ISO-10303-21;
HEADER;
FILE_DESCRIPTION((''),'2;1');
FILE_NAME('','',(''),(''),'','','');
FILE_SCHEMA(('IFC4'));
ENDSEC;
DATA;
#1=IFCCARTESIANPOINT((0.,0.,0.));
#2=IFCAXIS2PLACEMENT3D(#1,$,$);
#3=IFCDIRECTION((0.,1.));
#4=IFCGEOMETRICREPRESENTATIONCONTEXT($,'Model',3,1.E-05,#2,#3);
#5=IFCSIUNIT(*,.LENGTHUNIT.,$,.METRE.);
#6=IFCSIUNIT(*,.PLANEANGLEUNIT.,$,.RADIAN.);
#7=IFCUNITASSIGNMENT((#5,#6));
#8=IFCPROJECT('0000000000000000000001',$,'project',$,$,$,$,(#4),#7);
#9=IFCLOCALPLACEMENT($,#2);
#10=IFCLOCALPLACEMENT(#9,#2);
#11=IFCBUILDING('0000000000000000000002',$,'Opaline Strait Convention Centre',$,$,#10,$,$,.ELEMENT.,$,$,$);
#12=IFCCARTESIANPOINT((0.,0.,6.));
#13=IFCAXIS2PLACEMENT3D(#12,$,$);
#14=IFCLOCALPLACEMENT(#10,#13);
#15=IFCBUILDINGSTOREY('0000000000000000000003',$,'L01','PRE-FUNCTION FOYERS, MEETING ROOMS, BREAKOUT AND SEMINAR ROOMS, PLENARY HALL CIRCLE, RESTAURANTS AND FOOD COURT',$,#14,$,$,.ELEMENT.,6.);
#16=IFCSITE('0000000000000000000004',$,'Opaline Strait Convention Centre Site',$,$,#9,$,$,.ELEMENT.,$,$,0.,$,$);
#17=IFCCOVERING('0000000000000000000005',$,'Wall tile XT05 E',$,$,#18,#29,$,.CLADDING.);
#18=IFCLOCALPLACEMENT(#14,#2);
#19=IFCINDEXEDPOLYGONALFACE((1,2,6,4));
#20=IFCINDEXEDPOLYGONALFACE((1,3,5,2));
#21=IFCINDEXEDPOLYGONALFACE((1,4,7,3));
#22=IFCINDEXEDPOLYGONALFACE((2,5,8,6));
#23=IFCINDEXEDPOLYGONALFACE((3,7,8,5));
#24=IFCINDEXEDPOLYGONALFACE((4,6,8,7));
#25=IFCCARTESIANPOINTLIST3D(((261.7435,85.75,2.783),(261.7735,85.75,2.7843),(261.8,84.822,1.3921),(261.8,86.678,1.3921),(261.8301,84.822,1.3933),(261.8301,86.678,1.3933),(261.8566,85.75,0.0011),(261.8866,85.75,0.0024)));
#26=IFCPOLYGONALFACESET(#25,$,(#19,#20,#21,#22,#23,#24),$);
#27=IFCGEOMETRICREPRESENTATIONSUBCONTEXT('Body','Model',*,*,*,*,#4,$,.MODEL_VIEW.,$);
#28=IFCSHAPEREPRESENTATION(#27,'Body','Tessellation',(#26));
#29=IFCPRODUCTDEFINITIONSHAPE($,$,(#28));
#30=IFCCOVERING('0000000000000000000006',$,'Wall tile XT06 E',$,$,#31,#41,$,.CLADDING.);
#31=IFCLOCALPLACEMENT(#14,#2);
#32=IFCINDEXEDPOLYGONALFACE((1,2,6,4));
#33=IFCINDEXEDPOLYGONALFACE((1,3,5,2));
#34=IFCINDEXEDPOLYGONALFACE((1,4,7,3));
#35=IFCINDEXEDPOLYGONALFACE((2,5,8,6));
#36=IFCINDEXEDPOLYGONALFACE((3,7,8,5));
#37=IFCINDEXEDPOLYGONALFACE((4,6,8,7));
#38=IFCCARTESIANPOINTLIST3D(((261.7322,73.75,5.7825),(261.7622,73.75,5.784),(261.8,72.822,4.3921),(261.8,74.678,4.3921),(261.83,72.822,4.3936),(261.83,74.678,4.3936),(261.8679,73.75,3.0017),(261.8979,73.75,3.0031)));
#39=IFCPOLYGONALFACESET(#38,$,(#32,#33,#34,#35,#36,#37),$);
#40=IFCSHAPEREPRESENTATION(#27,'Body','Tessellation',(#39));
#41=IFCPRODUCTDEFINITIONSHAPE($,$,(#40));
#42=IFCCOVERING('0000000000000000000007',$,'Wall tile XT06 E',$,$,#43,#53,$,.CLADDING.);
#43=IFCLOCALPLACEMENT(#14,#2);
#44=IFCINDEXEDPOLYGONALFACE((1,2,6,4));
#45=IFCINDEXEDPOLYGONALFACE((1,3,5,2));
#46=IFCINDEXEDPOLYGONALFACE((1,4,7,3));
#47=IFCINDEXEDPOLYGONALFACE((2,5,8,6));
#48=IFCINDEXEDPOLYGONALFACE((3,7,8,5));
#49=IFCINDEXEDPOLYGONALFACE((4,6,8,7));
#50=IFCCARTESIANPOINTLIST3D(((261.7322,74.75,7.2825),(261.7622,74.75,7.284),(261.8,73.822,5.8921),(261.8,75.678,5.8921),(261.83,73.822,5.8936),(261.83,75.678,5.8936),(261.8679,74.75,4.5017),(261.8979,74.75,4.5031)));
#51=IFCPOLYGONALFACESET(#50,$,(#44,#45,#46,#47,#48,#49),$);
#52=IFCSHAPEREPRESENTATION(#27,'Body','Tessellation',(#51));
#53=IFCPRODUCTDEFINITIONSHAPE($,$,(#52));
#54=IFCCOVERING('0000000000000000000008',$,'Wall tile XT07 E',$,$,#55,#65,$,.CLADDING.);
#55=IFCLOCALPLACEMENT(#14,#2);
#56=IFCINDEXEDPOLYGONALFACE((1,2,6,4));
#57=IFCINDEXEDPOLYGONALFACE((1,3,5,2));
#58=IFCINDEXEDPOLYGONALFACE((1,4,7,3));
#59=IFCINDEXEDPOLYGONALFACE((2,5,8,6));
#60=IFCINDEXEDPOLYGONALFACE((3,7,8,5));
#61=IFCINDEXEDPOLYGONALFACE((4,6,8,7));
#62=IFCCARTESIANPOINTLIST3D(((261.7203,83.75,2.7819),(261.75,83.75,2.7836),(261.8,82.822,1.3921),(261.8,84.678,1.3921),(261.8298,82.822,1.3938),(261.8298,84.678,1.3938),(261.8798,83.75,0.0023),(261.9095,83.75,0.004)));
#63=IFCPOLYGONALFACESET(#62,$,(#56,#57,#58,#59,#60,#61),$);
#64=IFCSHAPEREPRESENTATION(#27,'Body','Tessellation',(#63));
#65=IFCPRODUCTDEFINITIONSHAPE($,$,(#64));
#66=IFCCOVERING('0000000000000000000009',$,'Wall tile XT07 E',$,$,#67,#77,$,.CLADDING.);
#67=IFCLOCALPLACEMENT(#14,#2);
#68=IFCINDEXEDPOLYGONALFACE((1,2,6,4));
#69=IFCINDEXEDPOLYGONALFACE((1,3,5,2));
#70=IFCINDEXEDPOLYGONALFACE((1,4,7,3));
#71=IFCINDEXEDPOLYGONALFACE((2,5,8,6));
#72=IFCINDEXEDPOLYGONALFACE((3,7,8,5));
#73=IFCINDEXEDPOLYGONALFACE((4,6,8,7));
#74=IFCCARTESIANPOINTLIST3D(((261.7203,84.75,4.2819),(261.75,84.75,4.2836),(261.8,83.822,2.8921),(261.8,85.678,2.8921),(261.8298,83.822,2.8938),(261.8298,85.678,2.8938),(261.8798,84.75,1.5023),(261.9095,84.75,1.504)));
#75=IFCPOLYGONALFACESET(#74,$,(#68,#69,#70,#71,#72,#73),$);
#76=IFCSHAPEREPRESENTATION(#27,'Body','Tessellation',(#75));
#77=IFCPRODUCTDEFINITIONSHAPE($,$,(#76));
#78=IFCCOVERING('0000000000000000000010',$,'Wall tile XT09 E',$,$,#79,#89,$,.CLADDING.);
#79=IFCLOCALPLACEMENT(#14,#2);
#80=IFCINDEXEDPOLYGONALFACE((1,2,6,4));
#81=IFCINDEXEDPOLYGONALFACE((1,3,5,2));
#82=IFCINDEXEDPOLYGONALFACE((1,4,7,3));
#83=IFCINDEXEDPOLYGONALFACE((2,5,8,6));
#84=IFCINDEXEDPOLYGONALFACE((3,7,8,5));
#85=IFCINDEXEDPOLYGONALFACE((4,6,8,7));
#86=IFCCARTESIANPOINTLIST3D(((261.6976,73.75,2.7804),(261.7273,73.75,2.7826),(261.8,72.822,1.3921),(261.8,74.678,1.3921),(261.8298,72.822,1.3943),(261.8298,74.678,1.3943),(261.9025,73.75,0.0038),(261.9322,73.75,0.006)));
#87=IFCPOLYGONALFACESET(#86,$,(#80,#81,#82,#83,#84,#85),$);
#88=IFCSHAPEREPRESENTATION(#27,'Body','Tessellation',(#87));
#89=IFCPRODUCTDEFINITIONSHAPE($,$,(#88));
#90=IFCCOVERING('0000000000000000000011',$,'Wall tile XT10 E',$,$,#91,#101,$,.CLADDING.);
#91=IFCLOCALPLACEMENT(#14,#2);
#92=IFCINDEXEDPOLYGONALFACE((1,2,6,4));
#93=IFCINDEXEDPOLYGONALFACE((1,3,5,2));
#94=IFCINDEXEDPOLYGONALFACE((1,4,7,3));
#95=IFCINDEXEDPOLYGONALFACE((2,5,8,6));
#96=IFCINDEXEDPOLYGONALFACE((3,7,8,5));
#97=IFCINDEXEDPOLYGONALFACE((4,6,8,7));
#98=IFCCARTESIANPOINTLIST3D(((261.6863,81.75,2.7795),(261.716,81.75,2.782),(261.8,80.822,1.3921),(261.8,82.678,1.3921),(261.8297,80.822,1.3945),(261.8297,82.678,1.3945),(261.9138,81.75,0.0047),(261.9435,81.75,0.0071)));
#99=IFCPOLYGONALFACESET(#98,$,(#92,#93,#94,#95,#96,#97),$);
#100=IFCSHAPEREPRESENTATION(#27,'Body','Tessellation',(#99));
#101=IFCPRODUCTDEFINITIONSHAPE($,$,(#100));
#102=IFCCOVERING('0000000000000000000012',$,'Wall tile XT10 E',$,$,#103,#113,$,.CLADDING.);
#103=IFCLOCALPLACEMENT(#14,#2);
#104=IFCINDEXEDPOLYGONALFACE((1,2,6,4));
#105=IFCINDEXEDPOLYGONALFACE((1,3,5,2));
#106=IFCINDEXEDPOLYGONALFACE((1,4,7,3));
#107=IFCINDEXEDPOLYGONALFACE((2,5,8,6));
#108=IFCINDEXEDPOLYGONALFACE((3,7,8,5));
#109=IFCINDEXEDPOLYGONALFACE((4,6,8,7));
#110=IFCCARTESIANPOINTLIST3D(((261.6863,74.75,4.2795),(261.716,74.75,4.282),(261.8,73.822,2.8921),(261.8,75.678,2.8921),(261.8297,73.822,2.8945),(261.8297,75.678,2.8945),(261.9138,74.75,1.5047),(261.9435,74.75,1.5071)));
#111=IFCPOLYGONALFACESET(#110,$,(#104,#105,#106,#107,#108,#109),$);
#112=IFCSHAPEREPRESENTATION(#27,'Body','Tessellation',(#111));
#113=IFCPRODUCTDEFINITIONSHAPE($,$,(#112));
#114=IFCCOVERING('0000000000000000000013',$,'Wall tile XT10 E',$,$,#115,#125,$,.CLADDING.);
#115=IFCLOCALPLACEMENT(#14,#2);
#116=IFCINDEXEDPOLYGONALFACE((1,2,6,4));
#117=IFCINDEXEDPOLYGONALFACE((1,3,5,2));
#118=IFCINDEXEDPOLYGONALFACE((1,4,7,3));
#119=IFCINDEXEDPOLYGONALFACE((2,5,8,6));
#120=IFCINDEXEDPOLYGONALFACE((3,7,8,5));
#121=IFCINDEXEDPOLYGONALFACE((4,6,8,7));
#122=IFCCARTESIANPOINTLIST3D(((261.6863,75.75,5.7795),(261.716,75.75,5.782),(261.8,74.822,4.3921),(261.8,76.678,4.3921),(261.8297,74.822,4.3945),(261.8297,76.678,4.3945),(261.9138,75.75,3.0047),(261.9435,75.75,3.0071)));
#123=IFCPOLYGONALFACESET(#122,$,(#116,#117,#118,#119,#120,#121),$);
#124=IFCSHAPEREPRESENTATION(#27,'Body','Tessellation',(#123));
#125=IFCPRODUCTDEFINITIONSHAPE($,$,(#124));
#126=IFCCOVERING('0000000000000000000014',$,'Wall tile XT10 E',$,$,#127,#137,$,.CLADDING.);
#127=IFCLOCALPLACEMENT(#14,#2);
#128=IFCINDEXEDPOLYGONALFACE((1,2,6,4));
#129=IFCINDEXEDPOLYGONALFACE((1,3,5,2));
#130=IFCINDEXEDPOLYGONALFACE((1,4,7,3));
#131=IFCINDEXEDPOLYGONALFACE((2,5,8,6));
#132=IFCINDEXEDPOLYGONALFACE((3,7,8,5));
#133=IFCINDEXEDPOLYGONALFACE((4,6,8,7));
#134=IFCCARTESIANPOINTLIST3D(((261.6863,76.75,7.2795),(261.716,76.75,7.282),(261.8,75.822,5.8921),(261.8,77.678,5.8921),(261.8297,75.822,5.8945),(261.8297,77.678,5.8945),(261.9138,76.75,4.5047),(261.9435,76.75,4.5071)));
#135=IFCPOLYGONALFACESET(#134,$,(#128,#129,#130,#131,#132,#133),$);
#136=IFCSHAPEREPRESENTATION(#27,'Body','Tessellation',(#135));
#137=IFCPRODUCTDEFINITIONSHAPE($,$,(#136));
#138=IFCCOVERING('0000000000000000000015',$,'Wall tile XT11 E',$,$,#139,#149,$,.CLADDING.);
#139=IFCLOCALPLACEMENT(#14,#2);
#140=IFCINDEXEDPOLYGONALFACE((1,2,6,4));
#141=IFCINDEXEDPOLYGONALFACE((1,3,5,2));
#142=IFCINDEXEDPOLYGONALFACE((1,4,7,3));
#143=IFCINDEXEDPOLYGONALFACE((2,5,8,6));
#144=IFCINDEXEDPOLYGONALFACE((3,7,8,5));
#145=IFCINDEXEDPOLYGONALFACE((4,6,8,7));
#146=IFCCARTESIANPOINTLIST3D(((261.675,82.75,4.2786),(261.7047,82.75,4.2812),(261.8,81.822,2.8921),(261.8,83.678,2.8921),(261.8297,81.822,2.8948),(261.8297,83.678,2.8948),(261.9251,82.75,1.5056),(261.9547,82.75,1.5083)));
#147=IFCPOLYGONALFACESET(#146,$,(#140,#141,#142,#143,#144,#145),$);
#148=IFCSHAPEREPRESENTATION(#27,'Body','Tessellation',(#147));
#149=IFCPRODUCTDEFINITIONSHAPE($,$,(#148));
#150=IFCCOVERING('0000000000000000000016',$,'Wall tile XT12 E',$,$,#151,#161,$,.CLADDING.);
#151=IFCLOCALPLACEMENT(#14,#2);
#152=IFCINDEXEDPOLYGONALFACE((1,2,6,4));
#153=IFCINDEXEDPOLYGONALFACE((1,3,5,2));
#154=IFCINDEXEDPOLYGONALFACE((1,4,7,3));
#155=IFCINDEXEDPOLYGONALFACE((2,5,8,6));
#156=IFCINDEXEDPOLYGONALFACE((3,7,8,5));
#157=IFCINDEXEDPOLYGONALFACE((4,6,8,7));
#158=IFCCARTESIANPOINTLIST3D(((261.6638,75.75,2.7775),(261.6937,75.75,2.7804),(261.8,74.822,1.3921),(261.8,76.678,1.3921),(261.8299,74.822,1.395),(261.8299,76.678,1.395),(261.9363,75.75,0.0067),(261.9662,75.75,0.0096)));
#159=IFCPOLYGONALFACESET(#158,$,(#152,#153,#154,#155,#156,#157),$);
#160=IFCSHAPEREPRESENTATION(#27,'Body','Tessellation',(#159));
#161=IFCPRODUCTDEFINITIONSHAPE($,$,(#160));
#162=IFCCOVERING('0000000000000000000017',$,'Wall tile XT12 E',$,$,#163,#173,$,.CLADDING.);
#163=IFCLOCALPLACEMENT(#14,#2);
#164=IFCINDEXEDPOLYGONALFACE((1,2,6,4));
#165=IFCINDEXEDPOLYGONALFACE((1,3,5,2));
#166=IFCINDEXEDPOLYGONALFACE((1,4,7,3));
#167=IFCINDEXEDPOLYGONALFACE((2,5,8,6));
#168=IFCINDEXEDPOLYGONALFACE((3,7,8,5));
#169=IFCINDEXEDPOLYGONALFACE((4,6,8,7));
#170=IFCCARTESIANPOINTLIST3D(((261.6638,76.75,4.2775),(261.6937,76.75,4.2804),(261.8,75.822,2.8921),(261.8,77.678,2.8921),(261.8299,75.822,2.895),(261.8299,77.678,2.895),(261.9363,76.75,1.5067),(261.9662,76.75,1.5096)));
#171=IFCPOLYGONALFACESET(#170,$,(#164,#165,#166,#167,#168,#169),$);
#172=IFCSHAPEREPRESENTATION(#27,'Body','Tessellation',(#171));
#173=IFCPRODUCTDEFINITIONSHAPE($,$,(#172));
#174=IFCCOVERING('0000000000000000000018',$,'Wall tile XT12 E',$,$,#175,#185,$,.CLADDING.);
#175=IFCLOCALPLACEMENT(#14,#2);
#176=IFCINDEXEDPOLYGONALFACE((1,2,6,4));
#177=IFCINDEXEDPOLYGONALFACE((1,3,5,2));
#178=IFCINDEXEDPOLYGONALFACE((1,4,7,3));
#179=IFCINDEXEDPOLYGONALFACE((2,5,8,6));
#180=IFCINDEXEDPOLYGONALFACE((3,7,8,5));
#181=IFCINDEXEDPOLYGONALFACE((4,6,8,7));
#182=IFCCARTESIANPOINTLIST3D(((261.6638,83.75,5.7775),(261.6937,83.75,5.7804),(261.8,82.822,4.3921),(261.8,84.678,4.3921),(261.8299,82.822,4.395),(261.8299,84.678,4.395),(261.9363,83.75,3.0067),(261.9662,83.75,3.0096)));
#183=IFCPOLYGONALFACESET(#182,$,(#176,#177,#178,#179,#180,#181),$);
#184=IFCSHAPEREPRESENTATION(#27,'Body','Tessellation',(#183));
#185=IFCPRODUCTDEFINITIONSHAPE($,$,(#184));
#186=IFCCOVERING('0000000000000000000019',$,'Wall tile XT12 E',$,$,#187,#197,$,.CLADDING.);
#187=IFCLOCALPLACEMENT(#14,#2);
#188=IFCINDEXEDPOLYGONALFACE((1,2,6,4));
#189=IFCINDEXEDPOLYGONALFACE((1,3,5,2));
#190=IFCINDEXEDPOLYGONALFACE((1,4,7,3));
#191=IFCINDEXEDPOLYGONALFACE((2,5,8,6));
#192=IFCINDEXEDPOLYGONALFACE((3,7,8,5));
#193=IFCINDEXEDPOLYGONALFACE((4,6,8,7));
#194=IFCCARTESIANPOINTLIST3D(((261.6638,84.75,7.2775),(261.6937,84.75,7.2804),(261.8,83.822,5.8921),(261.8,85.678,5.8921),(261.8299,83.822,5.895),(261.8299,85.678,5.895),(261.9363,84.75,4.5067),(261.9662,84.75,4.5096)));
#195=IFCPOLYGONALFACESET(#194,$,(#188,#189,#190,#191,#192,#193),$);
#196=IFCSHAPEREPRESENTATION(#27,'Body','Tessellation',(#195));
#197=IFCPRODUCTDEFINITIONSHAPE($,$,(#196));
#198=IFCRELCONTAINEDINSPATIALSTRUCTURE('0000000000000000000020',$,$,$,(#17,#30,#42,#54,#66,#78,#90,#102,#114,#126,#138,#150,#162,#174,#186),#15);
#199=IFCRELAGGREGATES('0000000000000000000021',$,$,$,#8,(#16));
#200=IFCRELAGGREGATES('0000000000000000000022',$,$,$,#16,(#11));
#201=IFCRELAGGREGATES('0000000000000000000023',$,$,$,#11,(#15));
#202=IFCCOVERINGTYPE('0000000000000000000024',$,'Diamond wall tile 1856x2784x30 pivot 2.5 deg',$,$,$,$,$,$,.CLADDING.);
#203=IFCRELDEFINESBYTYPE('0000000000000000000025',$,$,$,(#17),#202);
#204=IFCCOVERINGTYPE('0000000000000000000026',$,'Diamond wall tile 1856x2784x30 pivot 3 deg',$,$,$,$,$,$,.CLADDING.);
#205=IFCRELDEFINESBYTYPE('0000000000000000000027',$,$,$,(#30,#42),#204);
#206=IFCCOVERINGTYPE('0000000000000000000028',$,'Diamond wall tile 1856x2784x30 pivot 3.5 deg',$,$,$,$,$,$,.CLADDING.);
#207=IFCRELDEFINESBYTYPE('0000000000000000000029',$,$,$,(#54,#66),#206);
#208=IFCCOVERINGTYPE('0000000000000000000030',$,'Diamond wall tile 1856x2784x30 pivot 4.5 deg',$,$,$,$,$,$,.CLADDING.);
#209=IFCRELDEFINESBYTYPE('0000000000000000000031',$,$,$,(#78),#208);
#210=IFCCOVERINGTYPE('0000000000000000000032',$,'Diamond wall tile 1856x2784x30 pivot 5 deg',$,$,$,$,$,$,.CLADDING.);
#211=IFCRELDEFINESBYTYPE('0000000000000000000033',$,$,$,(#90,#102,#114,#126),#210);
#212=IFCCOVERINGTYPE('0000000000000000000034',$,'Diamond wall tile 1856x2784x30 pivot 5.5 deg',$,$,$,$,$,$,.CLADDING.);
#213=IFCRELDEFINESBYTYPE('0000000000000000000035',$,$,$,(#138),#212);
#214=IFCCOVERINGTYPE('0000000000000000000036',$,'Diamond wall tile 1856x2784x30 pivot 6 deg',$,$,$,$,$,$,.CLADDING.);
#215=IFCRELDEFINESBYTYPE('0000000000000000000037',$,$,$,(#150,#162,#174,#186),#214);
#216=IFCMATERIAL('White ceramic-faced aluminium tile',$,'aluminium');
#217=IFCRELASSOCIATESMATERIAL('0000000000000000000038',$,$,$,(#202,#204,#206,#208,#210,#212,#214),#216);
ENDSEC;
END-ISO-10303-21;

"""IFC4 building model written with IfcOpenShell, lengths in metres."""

from ifc_helpers import new_model, si_unit, direction, frame, origin, place, context, subcontext, project, spatial, polyline, outline, extrude, material, material_profile, profile_set, type_object, element, save


model = new_model("IFC4")

# Units and contexts
model_context = context("Model", 3, precision=1e-05, world=origin(), true_north=direction((0.0, 1.0)))
body_context = subcontext(model_context, "Body", "Model", "MODEL_VIEW")
ifc_project = project(units=[si_unit("LENGTHUNIT", "METRE"), si_unit("PLANEANGLEUNIT", "RADIAN")], contexts=[model_context])

# Site, building, storey
site_placement = place(None, origin())
site = spatial("IfcSite", under=ifc_project, at=site_placement, Name="Opaline Strait Convention Centre Site", CompositionType="ELEMENT", RefElevation=0.0)
building_placement = place(site_placement, origin())
building = spatial("IfcBuilding", under=site, at=building_placement, Name="Opaline Strait Convention Centre", CompositionType="ELEMENT")
storey_placement = place(building_placement, frame((0.0, 0.0, 6.0)))
storey = spatial("IfcBuildingStorey", under=building, at=storey_placement, Name="L01", Description="PRE-FUNCTION FOYERS, MEETING ROOMS, BREAKOUT AND SEMINAR ROOMS, PLENARY HALL CIRCLE, RESTAURANTS AND FOOD COURT", CompositionType="ELEMENT", Elevation=6.0)

# Coverings
ifc_material = material(Name="White ceramic-faced aluminium tile", Category="aluminium")
ifc_material_profile_1 = material_profile(ifc_material, outline(polyline([(0.928, 0.0), (0.0, 1.3921), (-0.928, 0.0), (0.0, -1.3921), (0.928, 0.0)])), Name="Diamond tile 1856x2784")
ifc_profile_set_1 = profile_set([ifc_material_profile_1], Name="White ceramic-faced aluminium tile")
covering_type_1 = type_object("IfcCoveringType", Name="Diamond wall tile 1856x2784x30 pivot 2.5 deg", PredefinedType="CLADDING", material=ifc_profile_set_1)
covering_1_placement = place(storey_placement, frame((261.8, 85.75, 1.3921), z_axis=(0.999175, 0.0, 0.040617), x_axis=(0.0, 1.0, 0.0)))
element("IfcCovering", 1, at=covering_1_placement, inside=storey, type_object=covering_type_1, Name="Wall tile XT05 E", PredefinedType="CLADDING", context=body_context, shape_type="SweptSolid", body=[
    extrude(outline(polyline([(0.928, 0.0), (0.0, 1.3921), (-0.928, 0.0), (0.0, -1.3921), (0.928, 0.0)])), origin(), (0.0, 0.0, 1.0), 0.03),
])
ifc_material_profile_2 = material_profile(ifc_material, outline(polyline([(0.928, 0.0), (0.0, 1.3921), (-0.928, 0.0), (0.0, -1.3921), (0.928, 0.0)])), Name="Diamond tile 1856x2784")
ifc_profile_set_2 = profile_set([ifc_material_profile_2], Name="White ceramic-faced aluminium tile")
covering_type_2 = type_object("IfcCoveringType", Name="Diamond wall tile 1856x2784x30 pivot 3 deg", PredefinedType="CLADDING", material=ifc_profile_set_2)
for number, where, z_axis, x_axis, name in (
    (2, (261.8, 73.75, 4.3921), (0.998812, 0.0, 0.048723), (0.0, 1.0, 0.0), "Wall tile XT06 E"),
    (3, (261.8, 74.75, 5.8921), (0.998812, 0.0, 0.048723), (0.0, 1.0, 0.0), "Wall tile XT06 E"),
):
    element("IfcCovering", number, at=place(storey_placement, frame(where, z_axis=z_axis, x_axis=x_axis)), inside=storey, type_object=covering_type_2, Name=name, PredefinedType="CLADDING", context=body_context, shape_type="SweptSolid", body=[
        extrude(outline(polyline([(0.928, 0.0), (0.0, 1.3921), (-0.928, 0.0), (0.0, -1.3921), (0.928, 0.0)])), origin(), (0.0, 0.0, 1.0), 0.03),
    ])
ifc_material_profile_3 = material_profile(ifc_material, outline(polyline([(0.928, 0.0), (0.0, 1.3921), (-0.928, 0.0), (0.0, -1.3921), (0.928, 0.0)])), Name="Diamond tile 1856x2784")
ifc_profile_set_3 = profile_set([ifc_material_profile_3], Name="White ceramic-faced aluminium tile")
covering_type_3 = type_object("IfcCoveringType", Name="Diamond wall tile 1856x2784x30 pivot 3.5 deg", PredefinedType="CLADDING", material=ifc_profile_set_3)
for number, where, z_axis, x_axis, name in (
    (4, (261.8, 83.75, 1.3921), (0.998358, 0.0, 0.057283), (0.0, 1.0, 0.0), "Wall tile XT07 E"),
    (5, (261.8, 84.75, 2.8921), (0.998358, 0.0, 0.057283), (0.0, 1.0, 0.0), "Wall tile XT07 E"),
):
    element("IfcCovering", number, at=place(storey_placement, frame(where, z_axis=z_axis, x_axis=x_axis)), inside=storey, type_object=covering_type_3, Name=name, PredefinedType="CLADDING", context=body_context, shape_type="SweptSolid", body=[
        extrude(outline(polyline([(0.928, 0.0), (0.0, 1.3921), (-0.928, 0.0), (0.0, -1.3921), (0.928, 0.0)])), origin(), (0.0, 0.0, 1.0), 0.0298),
    ])
ifc_material_profile_4 = material_profile(ifc_material, outline(polyline([(0.928, 0.0), (0.0, 1.3921), (-0.928, 0.0), (0.0, -1.3921), (0.928, 0.0)])), Name="Diamond tile 1856x2784")
ifc_profile_set_4 = profile_set([ifc_material_profile_4], Name="White ceramic-faced aluminium tile")
covering_type_4 = type_object("IfcCoveringType", Name="Diamond wall tile 1856x2784x30 pivot 4.5 deg", PredefinedType="CLADDING", material=ifc_profile_set_4)
covering_2_placement = place(storey_placement, frame((261.8, 73.75, 1.3921), z_axis=(0.99729, 0.0, 0.073571), x_axis=(0.0, 1.0, 0.0)))
element("IfcCovering", 6, at=covering_2_placement, inside=storey, type_object=covering_type_4, Name="Wall tile XT09 E", PredefinedType="CLADDING", context=body_context, shape_type="SweptSolid", body=[
    extrude(outline(polyline([(0.928, 0.0), (0.0, 1.3921), (-0.928, 0.0), (0.0, -1.3921), (0.928, 0.0)])), origin(), (0.0, 0.0, 1.0), 0.0298),
])
ifc_material_profile_5 = material_profile(ifc_material, outline(polyline([(0.928, 0.0), (0.0, 1.3921), (-0.928, 0.0), (0.0, -1.3921), (0.928, 0.0)])), Name="Diamond tile 1856x2784")
ifc_profile_set_5 = profile_set([ifc_material_profile_5], Name="White ceramic-faced aluminium tile")
covering_type_5 = type_object("IfcCoveringType", Name="Diamond wall tile 1856x2784x30 pivot 5 deg", PredefinedType="CLADDING", material=ifc_profile_set_5)
for number, where, z_axis, x_axis, name in (
    (7, (261.8, 81.75, 1.3921), (0.996658, 0.0, 0.081693), (0.0, 1.0, 0.0), "Wall tile XT10 E"),
    (8, (261.8, 74.75, 2.8921), (0.996658, 0.0, 0.081693), (0.0, 1.0, 0.0), "Wall tile XT10 E"),
    (9, (261.8, 75.75, 4.3921), (0.996658, 0.0, 0.081693), (0.0, 1.0, 0.0), "Wall tile XT10 E"),
    (10, (261.8, 76.75, 5.8921), (0.996658, 0.0, 0.081693), (0.0, 1.0, 0.0), "Wall tile XT10 E"),
):
    element("IfcCovering", number, at=place(storey_placement, frame(where, z_axis=z_axis, x_axis=x_axis)), inside=storey, type_object=covering_type_5, Name=name, PredefinedType="CLADDING", context=body_context, shape_type="SweptSolid", body=[
        extrude(outline(polyline([(0.928, 0.0), (0.0, 1.3921), (-0.928, 0.0), (0.0, -1.3921), (0.928, 0.0)])), origin(), (0.0, 0.0, 1.0), 0.0298),
    ])
ifc_material_profile_6 = material_profile(ifc_material, outline(polyline([(0.928, 0.0), (0.0, 1.3921), (-0.928, 0.0), (0.0, -1.3921), (0.928, 0.0)])), Name="Diamond tile 1856x2784")
ifc_profile_set_6 = profile_set([ifc_material_profile_6], Name="White ceramic-faced aluminium tile")
covering_type_6 = type_object("IfcCoveringType", Name="Diamond wall tile 1856x2784x30 pivot 5.5 deg", PredefinedType="CLADDING", material=ifc_profile_set_6)
covering_3_placement = place(storey_placement, frame((261.8, 82.75, 2.8921), z_axis=(0.99596, 0.0, 0.0898), x_axis=(0.0, 1.0, 0.0)))
element("IfcCovering", 11, at=covering_3_placement, inside=storey, type_object=covering_type_6, Name="Wall tile XT11 E", PredefinedType="CLADDING", context=body_context, shape_type="SweptSolid", body=[
    extrude(outline(polyline([(0.928, 0.0), (0.0, 1.3921), (-0.928, 0.0), (0.0, -1.3921), (0.928, 0.0)])), origin(), (0.0, 0.0, 1.0), 0.0298),
])
ifc_material_profile_7 = material_profile(ifc_material, outline(polyline([(0.928, 0.0), (0.0, 1.3921), (-0.928, 0.0), (0.0, -1.3921), (0.928, 0.0)])), Name="Diamond tile 1856x2784")
ifc_profile_set_7 = profile_set([ifc_material_profile_7], Name="White ceramic-faced aluminium tile")
covering_type_7 = type_object("IfcCoveringType", Name="Diamond wall tile 1856x2784x30 pivot 6 deg", PredefinedType="CLADDING", material=ifc_profile_set_7)
for number, where, z_axis, x_axis, name in (
    (12, (261.8, 75.75, 1.3921), (0.995197, 0.0, 0.097888), (0.0, 1.0, 0.0), "Wall tile XT12 E"),
    (13, (261.8, 76.75, 2.8921), (0.995197, 0.0, 0.097888), (0.0, 1.0, 0.0), "Wall tile XT12 E"),
    (14, (261.8, 83.75, 4.3921), (0.995197, 0.0, 0.097888), (0.0, 1.0, 0.0), "Wall tile XT12 E"),
    (15, (261.8, 84.75, 5.8921), (0.995197, 0.0, 0.097888), (0.0, 1.0, 0.0), "Wall tile XT12 E"),
):
    element("IfcCovering", number, at=place(storey_placement, frame(where, z_axis=z_axis, x_axis=x_axis)), inside=storey, type_object=covering_type_7, Name=name, PredefinedType="CLADDING", context=body_context, shape_type="SweptSolid", body=[
        extrude(outline(polyline([(0.928, 0.0), (0.0, 1.3921), (-0.928, 0.0), (0.0, -1.3921), (0.928, 0.0)])), origin(), (0.0, 0.0, 1.0), 0.03),
    ])

save(model, "model.ifc")
